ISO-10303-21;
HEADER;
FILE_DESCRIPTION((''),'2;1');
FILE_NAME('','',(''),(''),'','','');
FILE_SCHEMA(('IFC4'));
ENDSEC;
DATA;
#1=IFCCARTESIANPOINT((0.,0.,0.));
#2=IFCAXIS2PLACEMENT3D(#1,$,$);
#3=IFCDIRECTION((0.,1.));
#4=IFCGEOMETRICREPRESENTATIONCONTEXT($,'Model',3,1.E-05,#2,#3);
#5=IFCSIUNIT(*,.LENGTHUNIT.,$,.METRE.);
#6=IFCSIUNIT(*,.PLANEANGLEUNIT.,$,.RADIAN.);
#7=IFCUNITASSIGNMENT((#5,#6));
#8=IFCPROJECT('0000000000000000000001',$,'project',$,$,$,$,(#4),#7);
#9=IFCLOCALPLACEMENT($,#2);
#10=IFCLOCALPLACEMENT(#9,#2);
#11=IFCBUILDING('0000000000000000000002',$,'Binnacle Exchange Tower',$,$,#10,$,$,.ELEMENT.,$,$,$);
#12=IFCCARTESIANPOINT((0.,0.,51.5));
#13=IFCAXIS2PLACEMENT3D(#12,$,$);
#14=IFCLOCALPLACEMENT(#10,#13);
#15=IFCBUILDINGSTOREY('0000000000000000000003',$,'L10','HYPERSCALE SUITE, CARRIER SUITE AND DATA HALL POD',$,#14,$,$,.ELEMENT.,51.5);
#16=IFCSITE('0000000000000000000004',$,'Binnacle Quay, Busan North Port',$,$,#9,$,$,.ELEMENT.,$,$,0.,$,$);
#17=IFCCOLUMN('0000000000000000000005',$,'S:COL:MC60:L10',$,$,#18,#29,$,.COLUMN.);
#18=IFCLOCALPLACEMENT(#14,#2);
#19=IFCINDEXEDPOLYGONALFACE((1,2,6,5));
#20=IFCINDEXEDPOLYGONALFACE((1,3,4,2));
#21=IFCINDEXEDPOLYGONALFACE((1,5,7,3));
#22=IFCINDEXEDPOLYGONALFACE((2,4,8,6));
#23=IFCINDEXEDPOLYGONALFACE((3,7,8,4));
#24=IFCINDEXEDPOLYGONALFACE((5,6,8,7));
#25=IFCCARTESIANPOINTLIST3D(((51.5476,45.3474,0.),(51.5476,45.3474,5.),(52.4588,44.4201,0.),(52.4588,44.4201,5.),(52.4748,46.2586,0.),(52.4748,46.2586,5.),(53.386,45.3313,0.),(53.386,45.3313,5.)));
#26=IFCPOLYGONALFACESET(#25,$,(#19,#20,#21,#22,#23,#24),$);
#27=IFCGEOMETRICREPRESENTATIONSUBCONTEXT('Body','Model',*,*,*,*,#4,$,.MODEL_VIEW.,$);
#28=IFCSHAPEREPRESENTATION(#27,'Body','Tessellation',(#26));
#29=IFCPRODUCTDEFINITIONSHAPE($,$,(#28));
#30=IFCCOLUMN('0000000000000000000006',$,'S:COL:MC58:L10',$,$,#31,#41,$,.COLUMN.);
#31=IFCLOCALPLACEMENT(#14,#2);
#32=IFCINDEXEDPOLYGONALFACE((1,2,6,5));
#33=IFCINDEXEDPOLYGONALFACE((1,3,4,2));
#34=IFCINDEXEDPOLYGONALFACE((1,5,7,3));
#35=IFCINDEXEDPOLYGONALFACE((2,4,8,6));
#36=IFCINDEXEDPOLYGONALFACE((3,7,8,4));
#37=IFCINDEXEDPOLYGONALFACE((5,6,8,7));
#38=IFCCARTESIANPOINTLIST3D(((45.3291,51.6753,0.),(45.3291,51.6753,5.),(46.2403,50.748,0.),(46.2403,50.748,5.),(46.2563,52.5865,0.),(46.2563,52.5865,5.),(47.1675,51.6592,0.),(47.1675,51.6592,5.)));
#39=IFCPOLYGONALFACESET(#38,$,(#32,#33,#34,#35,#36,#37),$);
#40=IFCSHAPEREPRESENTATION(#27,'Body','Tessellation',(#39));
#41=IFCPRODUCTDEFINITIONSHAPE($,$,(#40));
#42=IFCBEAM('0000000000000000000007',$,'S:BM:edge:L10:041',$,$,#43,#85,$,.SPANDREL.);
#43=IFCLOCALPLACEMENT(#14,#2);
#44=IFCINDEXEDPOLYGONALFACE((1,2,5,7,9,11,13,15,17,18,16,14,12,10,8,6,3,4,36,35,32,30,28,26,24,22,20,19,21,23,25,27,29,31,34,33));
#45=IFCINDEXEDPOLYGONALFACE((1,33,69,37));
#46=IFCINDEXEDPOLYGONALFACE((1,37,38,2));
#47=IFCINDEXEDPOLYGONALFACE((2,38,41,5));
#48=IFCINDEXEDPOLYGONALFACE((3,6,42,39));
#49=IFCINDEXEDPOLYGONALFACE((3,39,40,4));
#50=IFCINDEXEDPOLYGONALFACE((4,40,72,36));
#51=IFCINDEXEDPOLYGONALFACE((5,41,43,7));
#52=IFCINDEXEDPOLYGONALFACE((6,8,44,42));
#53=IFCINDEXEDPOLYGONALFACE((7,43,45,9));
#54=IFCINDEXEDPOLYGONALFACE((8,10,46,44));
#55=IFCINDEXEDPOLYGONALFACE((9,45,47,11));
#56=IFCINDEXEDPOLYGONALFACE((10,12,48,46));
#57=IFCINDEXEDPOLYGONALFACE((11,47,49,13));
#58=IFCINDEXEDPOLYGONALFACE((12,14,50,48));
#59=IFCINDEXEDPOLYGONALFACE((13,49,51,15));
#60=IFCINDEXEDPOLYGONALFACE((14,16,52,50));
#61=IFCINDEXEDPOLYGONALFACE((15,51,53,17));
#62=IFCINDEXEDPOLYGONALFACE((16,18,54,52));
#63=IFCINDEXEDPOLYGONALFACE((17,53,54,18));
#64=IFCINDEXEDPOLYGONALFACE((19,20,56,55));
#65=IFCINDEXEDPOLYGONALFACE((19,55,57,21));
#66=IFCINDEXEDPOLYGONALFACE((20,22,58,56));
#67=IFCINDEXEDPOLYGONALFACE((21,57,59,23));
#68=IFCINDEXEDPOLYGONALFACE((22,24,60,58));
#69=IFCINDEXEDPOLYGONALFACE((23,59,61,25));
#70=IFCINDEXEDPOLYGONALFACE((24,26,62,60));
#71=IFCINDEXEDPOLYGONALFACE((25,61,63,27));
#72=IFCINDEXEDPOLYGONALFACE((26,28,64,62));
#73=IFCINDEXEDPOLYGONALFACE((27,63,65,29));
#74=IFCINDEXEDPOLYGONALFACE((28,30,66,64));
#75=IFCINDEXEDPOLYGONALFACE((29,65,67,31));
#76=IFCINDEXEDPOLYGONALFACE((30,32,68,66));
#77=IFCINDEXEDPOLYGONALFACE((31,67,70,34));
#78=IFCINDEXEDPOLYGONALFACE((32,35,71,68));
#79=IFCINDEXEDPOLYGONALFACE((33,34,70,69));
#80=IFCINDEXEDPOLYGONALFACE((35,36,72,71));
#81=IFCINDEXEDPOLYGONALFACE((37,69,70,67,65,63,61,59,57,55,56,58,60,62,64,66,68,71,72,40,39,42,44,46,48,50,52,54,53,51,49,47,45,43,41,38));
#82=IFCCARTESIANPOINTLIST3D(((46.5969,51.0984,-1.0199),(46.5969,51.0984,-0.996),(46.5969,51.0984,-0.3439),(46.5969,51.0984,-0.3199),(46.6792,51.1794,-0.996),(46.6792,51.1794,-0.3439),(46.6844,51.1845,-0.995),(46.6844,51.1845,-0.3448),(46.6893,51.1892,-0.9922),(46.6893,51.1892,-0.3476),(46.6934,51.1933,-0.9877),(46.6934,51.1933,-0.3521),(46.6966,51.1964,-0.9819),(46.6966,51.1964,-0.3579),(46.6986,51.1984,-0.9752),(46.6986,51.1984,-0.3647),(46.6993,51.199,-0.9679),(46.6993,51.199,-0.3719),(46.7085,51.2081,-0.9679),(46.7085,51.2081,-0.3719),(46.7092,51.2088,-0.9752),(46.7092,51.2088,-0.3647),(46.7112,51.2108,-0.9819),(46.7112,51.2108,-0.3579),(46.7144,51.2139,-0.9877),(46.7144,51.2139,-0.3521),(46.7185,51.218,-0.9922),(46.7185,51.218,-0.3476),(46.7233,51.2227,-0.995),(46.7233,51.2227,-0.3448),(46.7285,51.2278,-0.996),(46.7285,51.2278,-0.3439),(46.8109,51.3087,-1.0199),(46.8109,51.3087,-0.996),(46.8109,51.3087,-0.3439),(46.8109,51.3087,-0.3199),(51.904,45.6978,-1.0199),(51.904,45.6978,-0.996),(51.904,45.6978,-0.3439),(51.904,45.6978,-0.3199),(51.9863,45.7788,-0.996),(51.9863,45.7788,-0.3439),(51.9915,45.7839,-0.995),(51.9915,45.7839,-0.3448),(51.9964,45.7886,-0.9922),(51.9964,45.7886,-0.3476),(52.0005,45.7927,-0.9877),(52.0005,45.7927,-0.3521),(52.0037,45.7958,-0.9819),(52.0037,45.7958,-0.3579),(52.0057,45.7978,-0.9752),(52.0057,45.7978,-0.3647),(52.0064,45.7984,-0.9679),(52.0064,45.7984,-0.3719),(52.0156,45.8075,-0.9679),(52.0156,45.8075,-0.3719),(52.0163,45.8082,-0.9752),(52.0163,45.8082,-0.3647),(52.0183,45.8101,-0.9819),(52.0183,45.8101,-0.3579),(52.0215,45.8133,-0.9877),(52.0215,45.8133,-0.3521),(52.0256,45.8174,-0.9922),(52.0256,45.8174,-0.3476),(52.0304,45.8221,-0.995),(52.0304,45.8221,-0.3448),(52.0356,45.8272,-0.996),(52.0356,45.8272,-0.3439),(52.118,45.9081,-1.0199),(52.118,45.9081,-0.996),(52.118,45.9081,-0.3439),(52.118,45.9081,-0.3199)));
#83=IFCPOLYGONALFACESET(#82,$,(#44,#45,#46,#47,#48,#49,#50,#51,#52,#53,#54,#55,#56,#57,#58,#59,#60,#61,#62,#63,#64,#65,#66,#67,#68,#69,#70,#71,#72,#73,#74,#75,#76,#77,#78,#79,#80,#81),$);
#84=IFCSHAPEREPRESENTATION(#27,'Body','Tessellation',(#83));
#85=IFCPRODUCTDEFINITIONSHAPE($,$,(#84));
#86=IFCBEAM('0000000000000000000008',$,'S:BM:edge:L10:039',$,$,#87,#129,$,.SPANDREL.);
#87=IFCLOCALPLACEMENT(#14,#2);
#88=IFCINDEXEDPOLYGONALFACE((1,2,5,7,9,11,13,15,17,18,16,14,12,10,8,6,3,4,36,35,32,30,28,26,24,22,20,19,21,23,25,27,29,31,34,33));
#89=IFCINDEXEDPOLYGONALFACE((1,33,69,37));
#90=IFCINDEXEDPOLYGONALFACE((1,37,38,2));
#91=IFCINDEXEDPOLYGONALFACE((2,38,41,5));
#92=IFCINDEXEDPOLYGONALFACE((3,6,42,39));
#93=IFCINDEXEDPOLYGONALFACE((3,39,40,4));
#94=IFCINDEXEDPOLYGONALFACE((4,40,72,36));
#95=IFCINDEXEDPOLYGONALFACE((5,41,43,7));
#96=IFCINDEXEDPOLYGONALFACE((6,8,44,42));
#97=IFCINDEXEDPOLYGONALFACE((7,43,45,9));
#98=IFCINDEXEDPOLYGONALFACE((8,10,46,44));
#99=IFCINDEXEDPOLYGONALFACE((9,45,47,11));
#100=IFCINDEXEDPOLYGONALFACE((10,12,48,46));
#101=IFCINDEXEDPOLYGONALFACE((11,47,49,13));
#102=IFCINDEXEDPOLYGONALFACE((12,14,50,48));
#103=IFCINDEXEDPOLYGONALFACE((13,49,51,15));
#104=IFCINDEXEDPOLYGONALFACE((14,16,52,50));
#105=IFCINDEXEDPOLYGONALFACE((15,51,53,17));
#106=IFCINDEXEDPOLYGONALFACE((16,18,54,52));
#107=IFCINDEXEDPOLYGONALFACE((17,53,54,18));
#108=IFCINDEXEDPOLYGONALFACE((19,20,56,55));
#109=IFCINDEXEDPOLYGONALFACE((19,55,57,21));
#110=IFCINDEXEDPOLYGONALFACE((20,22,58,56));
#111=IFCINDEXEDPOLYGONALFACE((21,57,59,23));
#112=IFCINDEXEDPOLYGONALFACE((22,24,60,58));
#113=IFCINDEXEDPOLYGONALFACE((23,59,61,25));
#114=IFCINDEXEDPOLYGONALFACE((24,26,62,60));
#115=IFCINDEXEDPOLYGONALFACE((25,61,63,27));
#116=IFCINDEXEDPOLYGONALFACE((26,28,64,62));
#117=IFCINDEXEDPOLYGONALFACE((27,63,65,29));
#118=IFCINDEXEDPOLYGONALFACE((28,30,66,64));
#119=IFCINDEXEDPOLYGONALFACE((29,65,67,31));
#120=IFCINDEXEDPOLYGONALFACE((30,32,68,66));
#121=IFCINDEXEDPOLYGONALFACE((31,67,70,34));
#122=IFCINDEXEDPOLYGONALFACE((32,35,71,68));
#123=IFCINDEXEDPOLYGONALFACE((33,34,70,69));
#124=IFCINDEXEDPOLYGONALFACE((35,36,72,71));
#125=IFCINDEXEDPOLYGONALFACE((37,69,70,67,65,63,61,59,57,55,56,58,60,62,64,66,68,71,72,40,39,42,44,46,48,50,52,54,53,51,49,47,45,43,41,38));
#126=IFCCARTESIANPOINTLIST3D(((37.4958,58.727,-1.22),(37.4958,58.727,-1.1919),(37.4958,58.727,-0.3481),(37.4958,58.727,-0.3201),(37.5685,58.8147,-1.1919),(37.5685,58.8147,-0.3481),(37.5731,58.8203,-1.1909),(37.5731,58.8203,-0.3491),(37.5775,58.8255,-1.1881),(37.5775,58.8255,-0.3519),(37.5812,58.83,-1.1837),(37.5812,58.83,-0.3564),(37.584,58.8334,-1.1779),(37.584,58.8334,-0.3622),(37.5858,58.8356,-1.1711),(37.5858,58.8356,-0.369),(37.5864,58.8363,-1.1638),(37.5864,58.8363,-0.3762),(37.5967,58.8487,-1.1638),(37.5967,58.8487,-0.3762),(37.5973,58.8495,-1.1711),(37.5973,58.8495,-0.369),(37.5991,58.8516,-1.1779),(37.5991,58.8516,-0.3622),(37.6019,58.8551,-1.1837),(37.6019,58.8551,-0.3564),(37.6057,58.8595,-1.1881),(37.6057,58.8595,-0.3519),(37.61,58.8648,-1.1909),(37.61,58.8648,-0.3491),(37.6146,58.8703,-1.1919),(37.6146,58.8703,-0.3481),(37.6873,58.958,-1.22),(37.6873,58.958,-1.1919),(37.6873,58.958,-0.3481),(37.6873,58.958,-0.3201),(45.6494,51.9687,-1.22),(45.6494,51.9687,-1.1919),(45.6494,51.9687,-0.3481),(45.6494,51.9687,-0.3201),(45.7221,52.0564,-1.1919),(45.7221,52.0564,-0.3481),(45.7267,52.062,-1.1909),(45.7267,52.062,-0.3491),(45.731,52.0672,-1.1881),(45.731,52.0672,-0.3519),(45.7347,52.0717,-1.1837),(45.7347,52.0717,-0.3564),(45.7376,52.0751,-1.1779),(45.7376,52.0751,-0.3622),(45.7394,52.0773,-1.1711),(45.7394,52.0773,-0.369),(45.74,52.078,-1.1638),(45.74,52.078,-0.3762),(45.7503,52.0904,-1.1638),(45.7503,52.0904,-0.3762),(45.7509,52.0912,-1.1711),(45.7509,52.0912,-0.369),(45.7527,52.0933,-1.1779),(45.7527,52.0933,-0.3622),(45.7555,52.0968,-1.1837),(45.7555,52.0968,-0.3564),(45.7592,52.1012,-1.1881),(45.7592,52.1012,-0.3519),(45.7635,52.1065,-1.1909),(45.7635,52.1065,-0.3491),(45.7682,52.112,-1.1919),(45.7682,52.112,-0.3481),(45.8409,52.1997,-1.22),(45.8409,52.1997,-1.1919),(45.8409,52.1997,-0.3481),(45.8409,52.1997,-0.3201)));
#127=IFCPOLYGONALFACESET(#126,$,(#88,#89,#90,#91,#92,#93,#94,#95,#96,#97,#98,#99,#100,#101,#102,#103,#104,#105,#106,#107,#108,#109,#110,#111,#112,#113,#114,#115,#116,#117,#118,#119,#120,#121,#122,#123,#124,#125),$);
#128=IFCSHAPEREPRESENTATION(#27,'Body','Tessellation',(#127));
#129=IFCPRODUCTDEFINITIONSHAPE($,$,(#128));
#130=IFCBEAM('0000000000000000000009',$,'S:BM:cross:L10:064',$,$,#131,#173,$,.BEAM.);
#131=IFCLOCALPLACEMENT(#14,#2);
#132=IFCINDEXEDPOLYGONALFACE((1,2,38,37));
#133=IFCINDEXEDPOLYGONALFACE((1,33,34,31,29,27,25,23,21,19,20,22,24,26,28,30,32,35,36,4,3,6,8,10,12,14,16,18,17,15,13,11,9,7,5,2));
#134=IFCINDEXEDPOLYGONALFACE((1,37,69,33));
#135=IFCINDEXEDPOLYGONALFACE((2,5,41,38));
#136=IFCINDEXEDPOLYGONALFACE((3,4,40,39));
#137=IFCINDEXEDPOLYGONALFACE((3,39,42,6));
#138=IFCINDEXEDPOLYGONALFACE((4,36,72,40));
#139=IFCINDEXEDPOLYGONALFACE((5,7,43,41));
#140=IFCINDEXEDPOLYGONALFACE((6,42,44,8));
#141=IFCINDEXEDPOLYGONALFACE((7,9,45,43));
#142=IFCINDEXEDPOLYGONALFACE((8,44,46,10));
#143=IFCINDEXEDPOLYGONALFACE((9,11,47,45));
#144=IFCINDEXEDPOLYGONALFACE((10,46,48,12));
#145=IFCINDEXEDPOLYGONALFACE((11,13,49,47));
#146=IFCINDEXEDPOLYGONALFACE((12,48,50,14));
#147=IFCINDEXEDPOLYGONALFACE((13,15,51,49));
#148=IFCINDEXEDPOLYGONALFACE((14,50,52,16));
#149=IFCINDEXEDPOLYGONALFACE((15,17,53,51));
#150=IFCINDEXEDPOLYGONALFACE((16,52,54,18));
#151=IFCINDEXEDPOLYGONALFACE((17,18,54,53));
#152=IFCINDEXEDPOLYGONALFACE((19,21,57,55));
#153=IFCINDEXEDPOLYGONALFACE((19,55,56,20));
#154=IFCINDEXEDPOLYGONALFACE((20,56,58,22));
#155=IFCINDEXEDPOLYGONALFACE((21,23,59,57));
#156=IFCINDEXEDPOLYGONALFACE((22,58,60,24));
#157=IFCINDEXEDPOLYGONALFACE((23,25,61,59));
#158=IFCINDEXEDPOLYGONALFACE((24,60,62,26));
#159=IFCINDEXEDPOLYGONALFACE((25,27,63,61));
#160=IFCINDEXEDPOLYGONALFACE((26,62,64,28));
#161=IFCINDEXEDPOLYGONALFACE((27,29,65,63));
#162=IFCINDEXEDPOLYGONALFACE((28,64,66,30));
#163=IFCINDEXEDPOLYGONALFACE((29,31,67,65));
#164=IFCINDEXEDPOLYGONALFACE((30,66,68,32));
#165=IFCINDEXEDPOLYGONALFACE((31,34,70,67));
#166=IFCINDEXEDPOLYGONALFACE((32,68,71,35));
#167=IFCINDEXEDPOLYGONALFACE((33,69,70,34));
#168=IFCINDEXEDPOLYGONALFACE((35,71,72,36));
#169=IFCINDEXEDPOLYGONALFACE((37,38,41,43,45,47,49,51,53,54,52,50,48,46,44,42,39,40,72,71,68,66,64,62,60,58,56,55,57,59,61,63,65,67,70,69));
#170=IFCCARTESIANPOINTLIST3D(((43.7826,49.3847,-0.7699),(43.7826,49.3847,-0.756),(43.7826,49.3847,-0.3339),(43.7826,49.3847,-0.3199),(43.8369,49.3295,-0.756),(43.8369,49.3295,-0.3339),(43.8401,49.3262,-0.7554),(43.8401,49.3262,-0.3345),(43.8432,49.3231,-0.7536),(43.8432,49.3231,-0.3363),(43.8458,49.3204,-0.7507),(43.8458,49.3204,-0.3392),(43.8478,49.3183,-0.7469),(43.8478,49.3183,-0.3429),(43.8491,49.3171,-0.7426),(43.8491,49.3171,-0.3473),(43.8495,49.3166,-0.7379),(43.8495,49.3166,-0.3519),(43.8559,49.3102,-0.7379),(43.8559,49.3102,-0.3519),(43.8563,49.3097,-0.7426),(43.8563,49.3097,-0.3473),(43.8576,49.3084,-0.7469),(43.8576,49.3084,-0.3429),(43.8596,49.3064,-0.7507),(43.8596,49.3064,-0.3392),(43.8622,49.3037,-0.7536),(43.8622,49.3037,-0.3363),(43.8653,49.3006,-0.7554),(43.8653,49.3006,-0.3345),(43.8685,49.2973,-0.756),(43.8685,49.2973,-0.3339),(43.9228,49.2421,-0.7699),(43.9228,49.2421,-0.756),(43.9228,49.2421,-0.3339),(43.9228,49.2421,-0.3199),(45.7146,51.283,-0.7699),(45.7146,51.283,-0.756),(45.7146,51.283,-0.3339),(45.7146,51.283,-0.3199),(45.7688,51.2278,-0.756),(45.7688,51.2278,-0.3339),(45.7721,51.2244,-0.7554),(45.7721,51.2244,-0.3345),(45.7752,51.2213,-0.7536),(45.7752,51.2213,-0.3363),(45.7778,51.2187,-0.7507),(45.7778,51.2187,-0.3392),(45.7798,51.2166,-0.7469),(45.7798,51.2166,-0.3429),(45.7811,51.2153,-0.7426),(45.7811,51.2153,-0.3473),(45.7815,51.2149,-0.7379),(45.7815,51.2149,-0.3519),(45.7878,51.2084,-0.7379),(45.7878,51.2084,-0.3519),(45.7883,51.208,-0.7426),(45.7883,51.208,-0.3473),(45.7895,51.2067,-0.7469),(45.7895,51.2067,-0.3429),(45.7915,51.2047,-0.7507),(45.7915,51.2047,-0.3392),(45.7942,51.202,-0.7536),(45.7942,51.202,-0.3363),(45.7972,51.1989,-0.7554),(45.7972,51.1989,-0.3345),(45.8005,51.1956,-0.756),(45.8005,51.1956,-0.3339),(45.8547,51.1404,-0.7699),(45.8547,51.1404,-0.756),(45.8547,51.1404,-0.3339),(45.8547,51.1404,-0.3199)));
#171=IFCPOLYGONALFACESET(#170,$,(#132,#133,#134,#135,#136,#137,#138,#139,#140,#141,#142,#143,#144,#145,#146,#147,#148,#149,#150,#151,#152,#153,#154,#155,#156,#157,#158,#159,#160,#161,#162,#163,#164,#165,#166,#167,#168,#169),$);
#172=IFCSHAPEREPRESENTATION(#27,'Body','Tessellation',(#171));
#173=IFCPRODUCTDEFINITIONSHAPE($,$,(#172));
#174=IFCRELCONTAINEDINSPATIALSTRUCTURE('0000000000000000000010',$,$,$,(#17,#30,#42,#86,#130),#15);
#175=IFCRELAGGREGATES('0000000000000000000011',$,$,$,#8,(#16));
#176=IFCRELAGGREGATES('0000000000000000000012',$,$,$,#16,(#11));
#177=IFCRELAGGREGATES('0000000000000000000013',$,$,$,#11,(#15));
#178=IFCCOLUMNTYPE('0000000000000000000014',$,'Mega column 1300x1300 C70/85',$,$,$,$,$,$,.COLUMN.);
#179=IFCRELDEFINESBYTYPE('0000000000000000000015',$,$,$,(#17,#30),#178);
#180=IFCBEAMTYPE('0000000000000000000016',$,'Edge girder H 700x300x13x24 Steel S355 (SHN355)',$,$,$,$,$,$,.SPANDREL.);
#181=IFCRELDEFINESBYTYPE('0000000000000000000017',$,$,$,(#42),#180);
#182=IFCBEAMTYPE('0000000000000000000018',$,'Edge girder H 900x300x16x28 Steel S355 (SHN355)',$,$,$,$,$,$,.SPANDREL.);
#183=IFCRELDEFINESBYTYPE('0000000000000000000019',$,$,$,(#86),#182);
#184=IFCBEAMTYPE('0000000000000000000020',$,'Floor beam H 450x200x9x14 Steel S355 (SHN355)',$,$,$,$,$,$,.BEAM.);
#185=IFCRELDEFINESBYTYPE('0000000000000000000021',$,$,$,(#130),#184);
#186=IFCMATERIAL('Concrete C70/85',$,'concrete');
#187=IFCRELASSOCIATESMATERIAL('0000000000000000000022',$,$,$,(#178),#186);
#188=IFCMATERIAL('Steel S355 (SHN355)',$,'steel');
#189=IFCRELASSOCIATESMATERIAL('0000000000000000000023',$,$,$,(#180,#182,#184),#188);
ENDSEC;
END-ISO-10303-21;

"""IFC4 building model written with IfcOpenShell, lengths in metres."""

from ifc_helpers import new_model, si_unit, direction, frame, origin, origin_2d, place, context, subcontext, project, spatial, rectangle, i_section, extrude, material, material_profile, profile_set, type_object, element, save


model = new_model("IFC4")

# Units and contexts
model_context = context("Model", 3, precision=1e-05, world=origin(), true_north=direction((0.0, 1.0)))
body_context = subcontext(model_context, "Body", "Model", "MODEL_VIEW")
ifc_project = project(units=[si_unit("LENGTHUNIT", "METRE"), si_unit("PLANEANGLEUNIT", "RADIAN")], contexts=[model_context])

# Site, building, storey
site_placement = place(None, origin())
site = spatial("IfcSite", under=ifc_project, at=site_placement, Name="Binnacle Quay, Busan North Port", CompositionType="ELEMENT", RefElevation=0.0)
building_placement = place(site_placement, origin())
building = spatial("IfcBuilding", under=site, at=building_placement, Name="Binnacle Exchange Tower", CompositionType="ELEMENT")
storey_placement = place(building_placement, frame((0.0, 0.0, 51.5)))
storey = spatial("IfcBuildingStorey", under=building, at=storey_placement, Name="L10", Description="HYPERSCALE SUITE, CARRIER SUITE AND DATA HALL POD", CompositionType="ELEMENT", Elevation=51.5)

# Columns
ifc_material_1 = material(Name="Concrete C70/85", Category="concrete")
ifc_material_profile_1 = material_profile(ifc_material_1, rectangle(XDim=1.3, YDim=1.3, at=origin_2d()), Name="Mega column 1300x1300 C70/85")
ifc_profile_set_1 = profile_set([ifc_material_profile_1], Name="Concrete C70/85")
column_type = type_object("IfcColumnType", Name="Mega column 1300x1300 C70/85", PredefinedType="COLUMN", material=ifc_profile_set_1)
for number, where, z_axis, x_axis, name in (
    (1, (52.4668, 45.3394, 0.0), (0.0, 0.0, 1.0), (-0.700909, 0.71325, 0.0), "S:COL:MC60:L10"),
    (2, (46.2483, 51.6672, 0.0), (0.0, 0.0, 1.0), (-0.700909, 0.71325, 0.0), "S:COL:MC58:L10"),
):
    element("IfcColumn", number, at=place(storey_placement, frame(where, z_axis=z_axis, x_axis=x_axis)), inside=storey, type_object=column_type, Name=name, PredefinedType="COLUMN", context=body_context, shape_type="SweptSolid", body=[
        extrude(rectangle(XDim=1.3, YDim=1.3, at=origin_2d()), origin(), (0.0, 0.0, 1.0), 5.0),
    ])

# Beams
ifc_material_2 = material(Name="Steel S355 (SHN355)", Category="steel")
ifc_material_profile_2 = material_profile(ifc_material_2, i_section(OverallWidth=0.3, OverallDepth=0.7, WebThickness=0.0129, FlangeThickness=0.0239, FilletRadius=0.0281, at=origin_2d()), Name="H 700x300x13x24")
ifc_profile_set_2 = profile_set([ifc_material_profile_2], Name="Steel S355 (SHN355)")
beam_type_1 = type_object("IfcBeamType", Name="Edge girder H 700x300x13x24 Steel S355 (SHN355)", PredefinedType="SPANDREL", material=ifc_profile_set_2)
beam_1_placement = place(storey_placement, frame((52.011, 45.803, -0.6699), z_axis=(-0.700905, 0.713254, 0.0), x_axis=(-0.713254, -0.700905, 0.0)))
element("IfcBeam", 3, at=beam_1_placement, inside=storey, type_object=beam_type_1, Name="S:BM:edge:L10:041", PredefinedType="SPANDREL", context=body_context, shape_type="SweptSolid", body=[
    extrude(i_section(OverallWidth=0.3, OverallDepth=0.7, WebThickness=0.0129, FlangeThickness=0.0239, FilletRadius=0.0281, at=origin_2d()), origin(), (0.0, 0.0, 1.0), 7.5718),
])
ifc_material_profile_3 = material_profile(ifc_material_2, i_section(OverallWidth=0.3, OverallDepth=0.8999, WebThickness=0.0161, FlangeThickness=0.0281, FilletRadius=0.0281, at=origin_2d()), Name="H 900x300x16x28")
ifc_profile_set_3 = profile_set([ifc_material_profile_3], Name="Steel S355 (SHN355)")
beam_type_2 = type_object("IfcBeamType", Name="Edge girder H 900x300x16x28 Steel S355 (SHN355)", PredefinedType="SPANDREL", material=ifc_profile_set_3)
beam_2_placement = place(storey_placement, frame((45.7451, 52.0842, -0.77), z_axis=(-0.769906, 0.638157, 0.0), x_axis=(-0.638157, -0.769906, 0.0)))
element("IfcBeam", 4, at=beam_2_placement, inside=storey, type_object=beam_type_2, Name="S:BM:edge:L10:039", PredefinedType="SPANDREL", context=body_context, shape_type="SweptSolid", body=[
    extrude(i_section(OverallWidth=0.3, OverallDepth=0.8999, WebThickness=0.0161, FlangeThickness=0.0281, FilletRadius=0.0281, at=origin_2d()), origin(), (0.0, 0.0, 1.0), 10.5903),
])
ifc_material_profile_4 = material_profile(ifc_material_2, i_section(OverallWidth=0.2, OverallDepth=0.45, WebThickness=0.009, FlangeThickness=0.0139, FilletRadius=0.0181, at=origin_2d()), Name="H 450x200x9x14")
ifc_profile_set_4 = profile_set([ifc_material_profile_4], Name="Steel S355 (SHN355)")
beam_type_3 = type_object("IfcBeamType", Name="Floor beam H 450x200x9x14 Steel S355 (SHN355)", PredefinedType="BEAM", material=ifc_profile_set_4)
for number, where, z_axis, x_axis, name in (
    (5, (45.7847, 51.2117, -0.5449), (-0.713299, -0.70086, 0.0), (0.70086, -0.713299, 0.0), "S:BM:cross:L10:064"),
):
    element("IfcBeam", number, at=place(storey_placement, frame(where, z_axis=z_axis, x_axis=x_axis)), inside=storey, type_object=beam_type_3, Name=name, PredefinedType="BEAM", context=body_context, shape_type="SweptSolid", body=[
        extrude(i_section(OverallWidth=0.2, OverallDepth=0.45, WebThickness=0.009, FlangeThickness=0.0139, FilletRadius=0.0181, at=origin_2d()), origin(), (0.0, 0.0, 1.0), 2.7085),
    ])

save(model, "model.ifc")
